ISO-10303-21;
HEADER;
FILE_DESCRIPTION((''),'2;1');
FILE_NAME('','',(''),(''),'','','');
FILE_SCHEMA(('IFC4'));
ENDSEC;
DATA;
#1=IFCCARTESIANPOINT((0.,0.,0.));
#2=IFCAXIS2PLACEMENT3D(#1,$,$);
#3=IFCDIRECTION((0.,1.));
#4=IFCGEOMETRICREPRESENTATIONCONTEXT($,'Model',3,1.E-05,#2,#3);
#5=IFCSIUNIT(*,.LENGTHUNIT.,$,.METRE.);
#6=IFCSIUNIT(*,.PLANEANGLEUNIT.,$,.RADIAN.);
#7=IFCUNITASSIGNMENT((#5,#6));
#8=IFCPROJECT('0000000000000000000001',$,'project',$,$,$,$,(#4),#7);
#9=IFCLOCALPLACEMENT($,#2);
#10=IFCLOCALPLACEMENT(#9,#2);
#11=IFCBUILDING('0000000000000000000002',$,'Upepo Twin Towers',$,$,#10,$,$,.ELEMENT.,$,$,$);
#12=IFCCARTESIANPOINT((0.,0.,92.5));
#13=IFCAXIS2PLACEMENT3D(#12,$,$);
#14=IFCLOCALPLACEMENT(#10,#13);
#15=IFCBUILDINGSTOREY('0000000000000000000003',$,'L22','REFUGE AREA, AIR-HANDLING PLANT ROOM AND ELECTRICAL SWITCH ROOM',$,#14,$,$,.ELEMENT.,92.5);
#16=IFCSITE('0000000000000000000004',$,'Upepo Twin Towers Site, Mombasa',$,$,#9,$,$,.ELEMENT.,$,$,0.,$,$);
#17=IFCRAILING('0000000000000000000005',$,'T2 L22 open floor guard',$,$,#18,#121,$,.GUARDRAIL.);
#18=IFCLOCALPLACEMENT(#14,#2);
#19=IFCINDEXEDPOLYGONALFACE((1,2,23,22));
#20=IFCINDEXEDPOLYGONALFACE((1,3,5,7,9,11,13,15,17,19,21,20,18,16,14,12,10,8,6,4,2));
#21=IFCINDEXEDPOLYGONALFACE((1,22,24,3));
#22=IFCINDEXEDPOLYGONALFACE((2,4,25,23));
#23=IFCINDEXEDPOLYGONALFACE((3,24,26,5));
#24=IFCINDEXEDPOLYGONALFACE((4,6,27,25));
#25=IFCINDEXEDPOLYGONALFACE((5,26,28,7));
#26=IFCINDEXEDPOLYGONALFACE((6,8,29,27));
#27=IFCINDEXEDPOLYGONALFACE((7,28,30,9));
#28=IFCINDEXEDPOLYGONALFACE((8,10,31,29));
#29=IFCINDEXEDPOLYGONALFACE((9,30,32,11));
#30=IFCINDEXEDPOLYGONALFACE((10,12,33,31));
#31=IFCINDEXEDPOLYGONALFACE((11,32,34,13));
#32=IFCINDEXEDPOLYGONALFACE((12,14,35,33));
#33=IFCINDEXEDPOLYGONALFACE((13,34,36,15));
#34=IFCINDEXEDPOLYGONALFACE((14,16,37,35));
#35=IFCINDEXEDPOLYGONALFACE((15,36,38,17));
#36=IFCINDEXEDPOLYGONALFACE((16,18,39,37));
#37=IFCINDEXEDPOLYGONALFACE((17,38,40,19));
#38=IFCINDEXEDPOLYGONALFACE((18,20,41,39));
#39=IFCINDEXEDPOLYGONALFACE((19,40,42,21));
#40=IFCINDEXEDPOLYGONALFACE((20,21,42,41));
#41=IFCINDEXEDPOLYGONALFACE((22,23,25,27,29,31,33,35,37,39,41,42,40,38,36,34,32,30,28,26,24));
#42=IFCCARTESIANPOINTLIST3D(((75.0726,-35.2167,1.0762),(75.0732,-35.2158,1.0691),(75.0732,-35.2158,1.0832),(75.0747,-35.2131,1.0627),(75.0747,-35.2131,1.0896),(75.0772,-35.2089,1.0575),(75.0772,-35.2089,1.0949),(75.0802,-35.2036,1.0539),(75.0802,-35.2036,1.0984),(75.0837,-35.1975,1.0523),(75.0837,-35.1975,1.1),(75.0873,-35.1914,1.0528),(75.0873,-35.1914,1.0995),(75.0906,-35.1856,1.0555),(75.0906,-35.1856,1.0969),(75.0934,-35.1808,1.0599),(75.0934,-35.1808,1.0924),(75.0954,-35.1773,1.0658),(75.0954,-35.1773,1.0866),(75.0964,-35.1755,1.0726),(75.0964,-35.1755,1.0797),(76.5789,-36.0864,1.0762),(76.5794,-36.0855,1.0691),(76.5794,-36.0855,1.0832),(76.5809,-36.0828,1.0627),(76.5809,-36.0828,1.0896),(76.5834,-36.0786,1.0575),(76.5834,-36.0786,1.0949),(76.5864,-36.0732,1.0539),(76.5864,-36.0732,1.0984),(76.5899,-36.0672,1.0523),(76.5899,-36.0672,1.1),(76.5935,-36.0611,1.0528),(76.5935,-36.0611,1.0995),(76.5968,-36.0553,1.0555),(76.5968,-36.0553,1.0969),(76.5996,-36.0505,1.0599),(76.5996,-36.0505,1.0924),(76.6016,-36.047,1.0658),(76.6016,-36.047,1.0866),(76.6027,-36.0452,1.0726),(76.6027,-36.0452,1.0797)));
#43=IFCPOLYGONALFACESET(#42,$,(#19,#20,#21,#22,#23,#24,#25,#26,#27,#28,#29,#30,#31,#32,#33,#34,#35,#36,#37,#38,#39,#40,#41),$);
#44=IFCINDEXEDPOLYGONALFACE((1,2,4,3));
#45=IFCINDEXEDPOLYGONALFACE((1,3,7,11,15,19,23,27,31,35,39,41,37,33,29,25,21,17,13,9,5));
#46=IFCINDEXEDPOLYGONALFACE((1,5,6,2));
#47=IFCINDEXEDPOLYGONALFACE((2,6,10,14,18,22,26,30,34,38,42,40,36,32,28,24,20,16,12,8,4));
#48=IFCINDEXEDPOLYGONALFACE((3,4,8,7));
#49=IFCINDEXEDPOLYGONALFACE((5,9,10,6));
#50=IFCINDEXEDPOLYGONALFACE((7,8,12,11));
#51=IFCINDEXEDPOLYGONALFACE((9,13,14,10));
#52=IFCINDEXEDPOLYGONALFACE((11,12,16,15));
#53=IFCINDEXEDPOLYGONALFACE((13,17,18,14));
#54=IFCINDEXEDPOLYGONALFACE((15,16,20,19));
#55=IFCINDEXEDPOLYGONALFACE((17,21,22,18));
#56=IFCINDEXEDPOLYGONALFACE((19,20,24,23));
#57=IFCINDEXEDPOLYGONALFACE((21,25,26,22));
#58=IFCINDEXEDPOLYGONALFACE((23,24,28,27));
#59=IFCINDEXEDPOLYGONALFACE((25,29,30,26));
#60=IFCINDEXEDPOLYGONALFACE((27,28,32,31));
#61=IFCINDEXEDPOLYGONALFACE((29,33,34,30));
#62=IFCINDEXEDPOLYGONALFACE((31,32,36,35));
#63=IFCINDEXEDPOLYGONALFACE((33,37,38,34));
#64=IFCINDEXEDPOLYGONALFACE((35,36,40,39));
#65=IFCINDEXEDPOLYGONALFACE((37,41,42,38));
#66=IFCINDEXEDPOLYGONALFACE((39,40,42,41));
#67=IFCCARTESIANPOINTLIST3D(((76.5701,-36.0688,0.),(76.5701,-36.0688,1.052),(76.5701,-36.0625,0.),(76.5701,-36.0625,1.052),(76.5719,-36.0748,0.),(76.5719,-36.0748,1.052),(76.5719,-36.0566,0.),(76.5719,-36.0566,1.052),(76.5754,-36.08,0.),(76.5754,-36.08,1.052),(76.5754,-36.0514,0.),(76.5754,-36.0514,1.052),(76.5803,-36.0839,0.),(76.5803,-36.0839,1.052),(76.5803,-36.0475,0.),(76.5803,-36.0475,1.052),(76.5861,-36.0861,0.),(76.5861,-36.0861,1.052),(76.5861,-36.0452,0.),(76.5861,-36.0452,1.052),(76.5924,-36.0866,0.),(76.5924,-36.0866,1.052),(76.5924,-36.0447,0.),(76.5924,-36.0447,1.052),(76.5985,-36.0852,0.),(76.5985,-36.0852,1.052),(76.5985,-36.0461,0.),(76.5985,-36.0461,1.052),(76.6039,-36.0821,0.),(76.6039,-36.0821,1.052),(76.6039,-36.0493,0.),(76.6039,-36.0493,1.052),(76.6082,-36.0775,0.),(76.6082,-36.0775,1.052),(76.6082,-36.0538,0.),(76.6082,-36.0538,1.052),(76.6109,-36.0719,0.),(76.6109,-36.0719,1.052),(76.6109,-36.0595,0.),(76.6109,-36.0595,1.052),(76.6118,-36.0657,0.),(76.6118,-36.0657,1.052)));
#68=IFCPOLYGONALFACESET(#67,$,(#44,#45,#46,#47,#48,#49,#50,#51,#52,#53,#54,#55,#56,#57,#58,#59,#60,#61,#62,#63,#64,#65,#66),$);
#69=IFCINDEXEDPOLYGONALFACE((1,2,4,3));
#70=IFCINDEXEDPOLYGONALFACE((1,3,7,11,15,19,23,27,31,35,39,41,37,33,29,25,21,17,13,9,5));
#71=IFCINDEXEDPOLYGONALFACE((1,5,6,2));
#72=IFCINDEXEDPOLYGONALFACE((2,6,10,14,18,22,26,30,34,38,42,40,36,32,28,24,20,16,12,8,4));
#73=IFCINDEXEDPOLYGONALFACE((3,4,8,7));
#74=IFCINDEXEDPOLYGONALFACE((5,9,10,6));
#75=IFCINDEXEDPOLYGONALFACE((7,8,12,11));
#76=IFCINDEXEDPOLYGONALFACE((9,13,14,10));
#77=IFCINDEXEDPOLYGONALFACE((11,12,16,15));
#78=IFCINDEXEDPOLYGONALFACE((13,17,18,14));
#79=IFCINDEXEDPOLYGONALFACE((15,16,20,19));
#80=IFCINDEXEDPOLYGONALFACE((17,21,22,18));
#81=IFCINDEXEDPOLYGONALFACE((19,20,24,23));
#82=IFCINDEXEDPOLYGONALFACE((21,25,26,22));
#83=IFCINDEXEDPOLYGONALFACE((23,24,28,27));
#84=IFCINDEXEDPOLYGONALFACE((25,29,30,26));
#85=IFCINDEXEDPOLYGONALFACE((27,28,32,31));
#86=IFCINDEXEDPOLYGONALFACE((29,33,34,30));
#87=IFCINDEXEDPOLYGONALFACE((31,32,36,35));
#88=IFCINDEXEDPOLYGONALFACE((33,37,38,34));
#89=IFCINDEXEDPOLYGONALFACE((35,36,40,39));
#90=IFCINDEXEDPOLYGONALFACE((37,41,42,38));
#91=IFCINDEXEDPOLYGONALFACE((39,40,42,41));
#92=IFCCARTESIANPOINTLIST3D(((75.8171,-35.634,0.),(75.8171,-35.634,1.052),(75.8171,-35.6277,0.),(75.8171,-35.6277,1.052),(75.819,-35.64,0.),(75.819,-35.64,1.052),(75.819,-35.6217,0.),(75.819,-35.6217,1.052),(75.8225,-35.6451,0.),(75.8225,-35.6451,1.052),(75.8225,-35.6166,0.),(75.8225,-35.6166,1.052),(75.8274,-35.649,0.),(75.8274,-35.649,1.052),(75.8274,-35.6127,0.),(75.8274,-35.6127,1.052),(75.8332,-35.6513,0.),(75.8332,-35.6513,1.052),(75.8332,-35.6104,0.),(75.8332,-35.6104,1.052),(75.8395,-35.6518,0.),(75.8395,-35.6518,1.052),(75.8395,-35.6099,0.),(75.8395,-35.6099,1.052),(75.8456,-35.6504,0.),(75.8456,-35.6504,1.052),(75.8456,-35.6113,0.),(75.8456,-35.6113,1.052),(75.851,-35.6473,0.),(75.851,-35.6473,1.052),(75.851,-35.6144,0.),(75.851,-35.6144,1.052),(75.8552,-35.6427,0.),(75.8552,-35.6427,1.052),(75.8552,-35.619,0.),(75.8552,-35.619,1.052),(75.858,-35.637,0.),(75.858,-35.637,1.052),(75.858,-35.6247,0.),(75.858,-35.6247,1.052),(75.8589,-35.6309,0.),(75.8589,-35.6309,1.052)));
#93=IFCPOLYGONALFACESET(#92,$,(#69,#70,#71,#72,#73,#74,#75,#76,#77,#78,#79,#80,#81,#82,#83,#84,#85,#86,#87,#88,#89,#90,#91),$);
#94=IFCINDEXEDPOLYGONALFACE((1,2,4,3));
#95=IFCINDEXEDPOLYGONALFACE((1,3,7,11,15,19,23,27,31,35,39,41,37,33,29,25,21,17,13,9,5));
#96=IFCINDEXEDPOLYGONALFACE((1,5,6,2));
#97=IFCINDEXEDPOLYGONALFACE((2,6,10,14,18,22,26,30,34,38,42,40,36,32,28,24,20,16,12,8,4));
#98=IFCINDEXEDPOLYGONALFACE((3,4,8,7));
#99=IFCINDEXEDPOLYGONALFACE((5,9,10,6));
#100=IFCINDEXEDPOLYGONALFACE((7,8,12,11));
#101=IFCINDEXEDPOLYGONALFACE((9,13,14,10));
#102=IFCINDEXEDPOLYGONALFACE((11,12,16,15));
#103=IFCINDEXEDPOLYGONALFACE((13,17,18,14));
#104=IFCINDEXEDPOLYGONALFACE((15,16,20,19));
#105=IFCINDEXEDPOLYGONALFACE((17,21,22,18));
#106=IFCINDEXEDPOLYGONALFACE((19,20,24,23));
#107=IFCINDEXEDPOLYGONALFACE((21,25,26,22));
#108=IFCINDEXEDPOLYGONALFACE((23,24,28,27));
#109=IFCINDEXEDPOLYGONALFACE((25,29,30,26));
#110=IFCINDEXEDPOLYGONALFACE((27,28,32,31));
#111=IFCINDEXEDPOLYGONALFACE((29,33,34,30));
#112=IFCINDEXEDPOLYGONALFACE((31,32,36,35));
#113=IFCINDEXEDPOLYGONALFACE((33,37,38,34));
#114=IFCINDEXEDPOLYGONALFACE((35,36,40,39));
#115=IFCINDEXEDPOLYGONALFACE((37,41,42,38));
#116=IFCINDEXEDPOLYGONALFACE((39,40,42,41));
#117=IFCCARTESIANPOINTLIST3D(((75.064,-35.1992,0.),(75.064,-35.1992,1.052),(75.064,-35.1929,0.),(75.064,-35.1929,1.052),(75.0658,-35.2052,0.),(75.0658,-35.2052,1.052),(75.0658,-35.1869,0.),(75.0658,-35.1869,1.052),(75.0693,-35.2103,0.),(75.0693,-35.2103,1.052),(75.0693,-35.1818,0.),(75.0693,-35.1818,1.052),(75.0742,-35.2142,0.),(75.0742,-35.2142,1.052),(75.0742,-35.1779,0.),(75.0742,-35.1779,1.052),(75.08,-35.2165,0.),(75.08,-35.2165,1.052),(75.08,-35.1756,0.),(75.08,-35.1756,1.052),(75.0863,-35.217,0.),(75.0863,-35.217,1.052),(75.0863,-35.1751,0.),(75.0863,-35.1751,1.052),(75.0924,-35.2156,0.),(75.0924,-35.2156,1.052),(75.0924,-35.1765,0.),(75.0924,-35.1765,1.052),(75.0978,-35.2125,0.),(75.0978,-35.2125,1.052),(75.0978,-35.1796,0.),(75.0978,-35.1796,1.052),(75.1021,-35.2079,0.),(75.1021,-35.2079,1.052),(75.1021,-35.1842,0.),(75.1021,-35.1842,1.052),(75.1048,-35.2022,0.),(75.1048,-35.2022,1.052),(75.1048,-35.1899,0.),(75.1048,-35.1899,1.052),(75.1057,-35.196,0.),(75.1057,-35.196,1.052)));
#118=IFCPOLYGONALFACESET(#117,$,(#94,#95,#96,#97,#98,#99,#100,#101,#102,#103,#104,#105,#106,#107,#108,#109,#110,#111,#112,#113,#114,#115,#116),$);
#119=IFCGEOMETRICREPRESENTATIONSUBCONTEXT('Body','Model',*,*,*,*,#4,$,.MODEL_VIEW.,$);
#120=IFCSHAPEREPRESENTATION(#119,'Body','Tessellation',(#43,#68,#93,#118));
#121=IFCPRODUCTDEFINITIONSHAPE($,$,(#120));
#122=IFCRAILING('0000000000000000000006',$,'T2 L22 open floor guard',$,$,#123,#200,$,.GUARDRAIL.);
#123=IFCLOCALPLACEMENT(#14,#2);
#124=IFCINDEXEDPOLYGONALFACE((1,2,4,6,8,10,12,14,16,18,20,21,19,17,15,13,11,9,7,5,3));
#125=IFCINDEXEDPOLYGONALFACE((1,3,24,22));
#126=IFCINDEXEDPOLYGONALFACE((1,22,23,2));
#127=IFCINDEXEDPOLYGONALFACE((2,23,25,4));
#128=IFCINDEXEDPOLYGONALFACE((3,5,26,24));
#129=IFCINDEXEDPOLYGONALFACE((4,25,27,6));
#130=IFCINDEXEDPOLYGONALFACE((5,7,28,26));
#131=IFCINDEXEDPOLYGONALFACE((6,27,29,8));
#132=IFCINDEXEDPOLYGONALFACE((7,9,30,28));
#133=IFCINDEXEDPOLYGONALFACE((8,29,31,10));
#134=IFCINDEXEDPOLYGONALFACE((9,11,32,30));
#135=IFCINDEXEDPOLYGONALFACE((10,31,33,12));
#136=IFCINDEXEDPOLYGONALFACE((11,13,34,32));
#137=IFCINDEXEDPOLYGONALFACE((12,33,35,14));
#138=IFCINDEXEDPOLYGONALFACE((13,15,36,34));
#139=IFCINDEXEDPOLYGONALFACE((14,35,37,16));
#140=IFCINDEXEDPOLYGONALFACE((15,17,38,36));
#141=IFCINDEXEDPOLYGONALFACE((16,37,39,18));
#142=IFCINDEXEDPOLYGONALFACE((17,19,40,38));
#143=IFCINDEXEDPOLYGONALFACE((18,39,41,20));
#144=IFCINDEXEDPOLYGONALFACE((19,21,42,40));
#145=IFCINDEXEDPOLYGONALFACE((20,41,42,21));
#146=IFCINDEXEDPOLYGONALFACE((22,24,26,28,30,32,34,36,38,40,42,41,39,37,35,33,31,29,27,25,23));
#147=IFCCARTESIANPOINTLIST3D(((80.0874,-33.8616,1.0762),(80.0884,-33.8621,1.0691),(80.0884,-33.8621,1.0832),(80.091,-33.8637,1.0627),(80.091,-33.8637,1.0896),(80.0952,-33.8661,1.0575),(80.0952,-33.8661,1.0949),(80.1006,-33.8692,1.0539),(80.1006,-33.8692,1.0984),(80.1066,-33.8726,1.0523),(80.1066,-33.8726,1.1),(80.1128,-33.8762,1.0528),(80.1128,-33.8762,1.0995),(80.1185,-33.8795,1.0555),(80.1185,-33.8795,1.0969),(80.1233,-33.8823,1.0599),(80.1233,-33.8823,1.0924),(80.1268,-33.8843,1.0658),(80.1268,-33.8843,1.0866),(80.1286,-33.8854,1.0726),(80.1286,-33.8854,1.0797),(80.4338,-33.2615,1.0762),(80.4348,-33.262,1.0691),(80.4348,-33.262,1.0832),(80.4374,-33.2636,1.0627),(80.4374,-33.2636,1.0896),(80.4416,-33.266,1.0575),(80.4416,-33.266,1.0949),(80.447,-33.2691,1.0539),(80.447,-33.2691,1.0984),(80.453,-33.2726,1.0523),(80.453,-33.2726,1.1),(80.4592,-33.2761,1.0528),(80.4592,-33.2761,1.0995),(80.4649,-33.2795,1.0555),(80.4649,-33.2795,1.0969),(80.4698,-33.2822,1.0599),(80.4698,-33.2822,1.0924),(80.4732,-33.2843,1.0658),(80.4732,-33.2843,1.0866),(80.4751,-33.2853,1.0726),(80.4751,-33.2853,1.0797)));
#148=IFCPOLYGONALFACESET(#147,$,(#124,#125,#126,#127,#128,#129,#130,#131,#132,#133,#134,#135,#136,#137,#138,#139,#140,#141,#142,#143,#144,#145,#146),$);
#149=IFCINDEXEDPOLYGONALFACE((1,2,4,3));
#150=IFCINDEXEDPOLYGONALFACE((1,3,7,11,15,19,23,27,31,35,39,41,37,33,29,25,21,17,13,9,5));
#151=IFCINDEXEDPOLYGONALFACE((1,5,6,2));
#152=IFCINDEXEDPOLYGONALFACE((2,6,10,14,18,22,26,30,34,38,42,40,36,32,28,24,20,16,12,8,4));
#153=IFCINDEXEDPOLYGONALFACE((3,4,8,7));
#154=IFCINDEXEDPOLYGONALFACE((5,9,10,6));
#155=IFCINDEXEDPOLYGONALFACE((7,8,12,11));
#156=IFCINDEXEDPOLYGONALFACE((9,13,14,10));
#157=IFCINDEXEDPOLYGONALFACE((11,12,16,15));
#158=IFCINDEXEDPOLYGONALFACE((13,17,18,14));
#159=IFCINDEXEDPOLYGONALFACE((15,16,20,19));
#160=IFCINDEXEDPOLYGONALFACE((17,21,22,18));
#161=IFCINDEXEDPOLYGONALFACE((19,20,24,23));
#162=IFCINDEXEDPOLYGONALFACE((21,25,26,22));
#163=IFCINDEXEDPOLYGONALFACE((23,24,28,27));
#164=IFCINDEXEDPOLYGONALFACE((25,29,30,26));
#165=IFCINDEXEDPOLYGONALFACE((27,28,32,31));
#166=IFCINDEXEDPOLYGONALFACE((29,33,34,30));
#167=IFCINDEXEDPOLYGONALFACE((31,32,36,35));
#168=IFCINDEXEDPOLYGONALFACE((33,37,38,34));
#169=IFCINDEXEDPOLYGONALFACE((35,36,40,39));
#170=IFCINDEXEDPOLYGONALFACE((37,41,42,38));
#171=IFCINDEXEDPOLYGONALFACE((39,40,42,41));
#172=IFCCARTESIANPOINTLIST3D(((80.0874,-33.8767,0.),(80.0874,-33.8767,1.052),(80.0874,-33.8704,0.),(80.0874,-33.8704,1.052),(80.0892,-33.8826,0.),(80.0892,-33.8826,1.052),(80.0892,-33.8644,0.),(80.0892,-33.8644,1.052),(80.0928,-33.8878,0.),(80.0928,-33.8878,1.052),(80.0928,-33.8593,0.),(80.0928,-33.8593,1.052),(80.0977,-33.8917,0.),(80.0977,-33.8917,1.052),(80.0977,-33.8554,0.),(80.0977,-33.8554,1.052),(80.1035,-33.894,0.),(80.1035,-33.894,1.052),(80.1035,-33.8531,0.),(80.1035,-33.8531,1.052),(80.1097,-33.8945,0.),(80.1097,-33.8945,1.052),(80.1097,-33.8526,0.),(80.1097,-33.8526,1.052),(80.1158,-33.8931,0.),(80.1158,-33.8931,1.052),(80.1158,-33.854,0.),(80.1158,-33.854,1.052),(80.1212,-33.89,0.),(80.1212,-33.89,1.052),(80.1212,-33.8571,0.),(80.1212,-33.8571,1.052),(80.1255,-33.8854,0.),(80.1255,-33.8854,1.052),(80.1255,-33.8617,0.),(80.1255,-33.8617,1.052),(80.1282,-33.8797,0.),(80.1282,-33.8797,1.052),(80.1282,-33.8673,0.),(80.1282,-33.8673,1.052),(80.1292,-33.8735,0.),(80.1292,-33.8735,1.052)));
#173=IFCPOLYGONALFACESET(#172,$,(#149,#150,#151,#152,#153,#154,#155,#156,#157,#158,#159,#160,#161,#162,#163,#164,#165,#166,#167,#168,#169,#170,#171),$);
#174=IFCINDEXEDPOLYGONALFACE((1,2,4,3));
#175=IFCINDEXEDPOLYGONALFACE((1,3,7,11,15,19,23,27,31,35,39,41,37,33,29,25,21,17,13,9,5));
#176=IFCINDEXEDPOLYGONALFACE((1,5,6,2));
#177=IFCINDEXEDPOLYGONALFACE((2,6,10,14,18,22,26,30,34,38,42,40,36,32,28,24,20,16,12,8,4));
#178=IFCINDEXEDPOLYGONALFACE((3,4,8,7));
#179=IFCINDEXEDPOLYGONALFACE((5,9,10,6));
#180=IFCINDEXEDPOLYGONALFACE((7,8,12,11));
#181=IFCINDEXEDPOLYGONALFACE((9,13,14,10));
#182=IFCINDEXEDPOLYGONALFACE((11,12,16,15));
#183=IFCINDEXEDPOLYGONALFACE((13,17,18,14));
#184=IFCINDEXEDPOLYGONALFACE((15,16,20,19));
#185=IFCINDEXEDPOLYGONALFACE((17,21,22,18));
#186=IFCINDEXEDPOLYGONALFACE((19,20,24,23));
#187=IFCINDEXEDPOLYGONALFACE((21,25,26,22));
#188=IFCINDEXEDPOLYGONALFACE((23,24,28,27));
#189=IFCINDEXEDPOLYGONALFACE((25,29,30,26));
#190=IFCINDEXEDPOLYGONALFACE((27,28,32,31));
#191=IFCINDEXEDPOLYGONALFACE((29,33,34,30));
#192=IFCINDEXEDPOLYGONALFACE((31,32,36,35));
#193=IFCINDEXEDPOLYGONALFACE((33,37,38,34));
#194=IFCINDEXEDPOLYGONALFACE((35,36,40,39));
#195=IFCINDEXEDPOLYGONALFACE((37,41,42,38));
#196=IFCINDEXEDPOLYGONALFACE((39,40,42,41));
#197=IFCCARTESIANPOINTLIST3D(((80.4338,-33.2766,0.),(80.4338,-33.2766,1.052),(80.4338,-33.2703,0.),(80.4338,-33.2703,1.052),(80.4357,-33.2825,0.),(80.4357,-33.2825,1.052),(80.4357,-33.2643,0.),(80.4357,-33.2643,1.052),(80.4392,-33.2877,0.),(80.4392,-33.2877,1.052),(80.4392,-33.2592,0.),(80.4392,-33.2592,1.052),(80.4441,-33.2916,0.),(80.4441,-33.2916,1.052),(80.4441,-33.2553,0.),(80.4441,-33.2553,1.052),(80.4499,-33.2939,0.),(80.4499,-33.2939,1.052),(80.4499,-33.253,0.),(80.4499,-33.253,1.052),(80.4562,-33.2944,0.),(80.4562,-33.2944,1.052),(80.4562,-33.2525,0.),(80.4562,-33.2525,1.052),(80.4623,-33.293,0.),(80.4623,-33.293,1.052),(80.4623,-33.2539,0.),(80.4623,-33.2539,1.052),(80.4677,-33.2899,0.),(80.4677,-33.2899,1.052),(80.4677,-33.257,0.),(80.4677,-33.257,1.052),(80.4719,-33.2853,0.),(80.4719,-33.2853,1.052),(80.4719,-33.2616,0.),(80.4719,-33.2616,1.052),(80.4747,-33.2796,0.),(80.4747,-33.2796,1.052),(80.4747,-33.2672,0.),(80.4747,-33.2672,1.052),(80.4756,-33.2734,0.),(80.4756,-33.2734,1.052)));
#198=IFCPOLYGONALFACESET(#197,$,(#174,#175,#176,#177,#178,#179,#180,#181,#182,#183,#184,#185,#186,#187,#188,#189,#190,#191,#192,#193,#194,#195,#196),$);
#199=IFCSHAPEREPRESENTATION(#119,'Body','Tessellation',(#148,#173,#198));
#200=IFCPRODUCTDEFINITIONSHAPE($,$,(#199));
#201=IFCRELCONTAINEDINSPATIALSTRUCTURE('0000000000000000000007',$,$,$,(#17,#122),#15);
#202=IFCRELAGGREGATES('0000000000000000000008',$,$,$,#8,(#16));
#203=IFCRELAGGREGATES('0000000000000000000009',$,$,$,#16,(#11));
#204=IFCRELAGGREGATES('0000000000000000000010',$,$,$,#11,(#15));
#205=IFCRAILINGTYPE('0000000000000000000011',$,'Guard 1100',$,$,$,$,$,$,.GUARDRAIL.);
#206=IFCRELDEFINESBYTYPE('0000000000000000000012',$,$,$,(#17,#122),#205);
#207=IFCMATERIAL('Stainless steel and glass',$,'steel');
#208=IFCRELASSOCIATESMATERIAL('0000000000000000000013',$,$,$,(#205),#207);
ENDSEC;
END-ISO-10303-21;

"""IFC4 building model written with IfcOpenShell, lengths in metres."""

from ifc_helpers import new_model, si_unit, direction, frame, origin, origin_2d, place, context, subcontext, project, spatial, circle, extrude, material, type_object, element, save


model = new_model("IFC4")

# Units and contexts
model_context = context("Model", 3, precision=1e-05, world=origin(), true_north=direction((0.0, 1.0)))
body_context = subcontext(model_context, "Body", "Model", "MODEL_VIEW")
ifc_project = project(units=[si_unit("LENGTHUNIT", "METRE"), si_unit("PLANEANGLEUNIT", "RADIAN")], contexts=[model_context])

# Site, building, storey
site_placement = place(None, origin())
site = spatial("IfcSite", under=ifc_project, at=site_placement, Name="Upepo Twin Towers Site, Mombasa", CompositionType="ELEMENT", RefElevation=0.0)
building_placement = place(site_placement, origin())
building = spatial("IfcBuilding", under=site, at=building_placement, Name="Upepo Twin Towers", CompositionType="ELEMENT")
storey_placement = place(building_placement, frame((0.0, 0.0, 92.5)))
storey = spatial("IfcBuildingStorey", under=building, at=storey_placement, Name="L22", Description="REFUGE AREA, AIR-HANDLING PLANT ROOM AND ELECTRICAL SWITCH ROOM", CompositionType="ELEMENT", Elevation=92.5)

# Railings
ifc_material_1 = material(Name="Stainless steel and glass", Category="steel")
railing_type = type_object("IfcRailingType", Name="Guard 1100", PredefinedType="GUARDRAIL", material=ifc_material_1)
railing_1_placement = place(storey_placement, frame((76.5908, -36.0657, 0.0)))
element("IfcRailing", 1, at=railing_1_placement, inside=storey, type_object=railing_type, Name="T2 L22 open floor guard", PredefinedType="GUARDRAIL", context=body_context, shape_type="SweptSolid", body=[
    extrude(circle(Radius=0.0239, at=origin_2d()), frame((0.0, 0.0, 1.0762), z_axis=(-0.866006, 0.500034, 0.0), x_axis=(-0.500034, -0.866006, 0.0)), (0.0, 0.0, 1.0), 1.7393),
    extrude(circle(Radius=0.021, at=origin_2d()), origin(), (0.0, 0.0, 1.0), 1.052),
    extrude(circle(Radius=0.021, at=origin_2d()), frame((-0.7529, 0.4348, 0.0)), (0.0, 0.0, 1.0), 1.052),
    extrude(circle(Radius=0.021, at=origin_2d()), frame((-1.5061, 0.8696, 0.0)), (0.0, 0.0, 1.0), 1.052),
])
railing_2_placement = place(storey_placement, frame((80.1082, -33.8735, 0.0)))
element("IfcRailing", 2, at=railing_2_placement, inside=storey, type_object=railing_type, Name="T2 L22 open floor guard", PredefinedType="GUARDRAIL", context=body_context, shape_type="SweptSolid", body=[
    extrude(circle(Radius=0.0239, at=origin_2d()), frame((0.0, 0.0, 1.0762), z_axis=(0.499966, 0.866045, 0.0), x_axis=(-0.866045, 0.499966, 0.0)), (0.0, 0.0, 1.0), 0.6929),
    extrude(circle(Radius=0.021, at=origin_2d()), origin(), (0.0, 0.0, 1.0), 1.052),
    extrude(circle(Radius=0.021, at=origin_2d()), frame((0.3464, 0.6001, 0.0)), (0.0, 0.0, 1.0), 1.052),
])

save(model, "model.ifc")
